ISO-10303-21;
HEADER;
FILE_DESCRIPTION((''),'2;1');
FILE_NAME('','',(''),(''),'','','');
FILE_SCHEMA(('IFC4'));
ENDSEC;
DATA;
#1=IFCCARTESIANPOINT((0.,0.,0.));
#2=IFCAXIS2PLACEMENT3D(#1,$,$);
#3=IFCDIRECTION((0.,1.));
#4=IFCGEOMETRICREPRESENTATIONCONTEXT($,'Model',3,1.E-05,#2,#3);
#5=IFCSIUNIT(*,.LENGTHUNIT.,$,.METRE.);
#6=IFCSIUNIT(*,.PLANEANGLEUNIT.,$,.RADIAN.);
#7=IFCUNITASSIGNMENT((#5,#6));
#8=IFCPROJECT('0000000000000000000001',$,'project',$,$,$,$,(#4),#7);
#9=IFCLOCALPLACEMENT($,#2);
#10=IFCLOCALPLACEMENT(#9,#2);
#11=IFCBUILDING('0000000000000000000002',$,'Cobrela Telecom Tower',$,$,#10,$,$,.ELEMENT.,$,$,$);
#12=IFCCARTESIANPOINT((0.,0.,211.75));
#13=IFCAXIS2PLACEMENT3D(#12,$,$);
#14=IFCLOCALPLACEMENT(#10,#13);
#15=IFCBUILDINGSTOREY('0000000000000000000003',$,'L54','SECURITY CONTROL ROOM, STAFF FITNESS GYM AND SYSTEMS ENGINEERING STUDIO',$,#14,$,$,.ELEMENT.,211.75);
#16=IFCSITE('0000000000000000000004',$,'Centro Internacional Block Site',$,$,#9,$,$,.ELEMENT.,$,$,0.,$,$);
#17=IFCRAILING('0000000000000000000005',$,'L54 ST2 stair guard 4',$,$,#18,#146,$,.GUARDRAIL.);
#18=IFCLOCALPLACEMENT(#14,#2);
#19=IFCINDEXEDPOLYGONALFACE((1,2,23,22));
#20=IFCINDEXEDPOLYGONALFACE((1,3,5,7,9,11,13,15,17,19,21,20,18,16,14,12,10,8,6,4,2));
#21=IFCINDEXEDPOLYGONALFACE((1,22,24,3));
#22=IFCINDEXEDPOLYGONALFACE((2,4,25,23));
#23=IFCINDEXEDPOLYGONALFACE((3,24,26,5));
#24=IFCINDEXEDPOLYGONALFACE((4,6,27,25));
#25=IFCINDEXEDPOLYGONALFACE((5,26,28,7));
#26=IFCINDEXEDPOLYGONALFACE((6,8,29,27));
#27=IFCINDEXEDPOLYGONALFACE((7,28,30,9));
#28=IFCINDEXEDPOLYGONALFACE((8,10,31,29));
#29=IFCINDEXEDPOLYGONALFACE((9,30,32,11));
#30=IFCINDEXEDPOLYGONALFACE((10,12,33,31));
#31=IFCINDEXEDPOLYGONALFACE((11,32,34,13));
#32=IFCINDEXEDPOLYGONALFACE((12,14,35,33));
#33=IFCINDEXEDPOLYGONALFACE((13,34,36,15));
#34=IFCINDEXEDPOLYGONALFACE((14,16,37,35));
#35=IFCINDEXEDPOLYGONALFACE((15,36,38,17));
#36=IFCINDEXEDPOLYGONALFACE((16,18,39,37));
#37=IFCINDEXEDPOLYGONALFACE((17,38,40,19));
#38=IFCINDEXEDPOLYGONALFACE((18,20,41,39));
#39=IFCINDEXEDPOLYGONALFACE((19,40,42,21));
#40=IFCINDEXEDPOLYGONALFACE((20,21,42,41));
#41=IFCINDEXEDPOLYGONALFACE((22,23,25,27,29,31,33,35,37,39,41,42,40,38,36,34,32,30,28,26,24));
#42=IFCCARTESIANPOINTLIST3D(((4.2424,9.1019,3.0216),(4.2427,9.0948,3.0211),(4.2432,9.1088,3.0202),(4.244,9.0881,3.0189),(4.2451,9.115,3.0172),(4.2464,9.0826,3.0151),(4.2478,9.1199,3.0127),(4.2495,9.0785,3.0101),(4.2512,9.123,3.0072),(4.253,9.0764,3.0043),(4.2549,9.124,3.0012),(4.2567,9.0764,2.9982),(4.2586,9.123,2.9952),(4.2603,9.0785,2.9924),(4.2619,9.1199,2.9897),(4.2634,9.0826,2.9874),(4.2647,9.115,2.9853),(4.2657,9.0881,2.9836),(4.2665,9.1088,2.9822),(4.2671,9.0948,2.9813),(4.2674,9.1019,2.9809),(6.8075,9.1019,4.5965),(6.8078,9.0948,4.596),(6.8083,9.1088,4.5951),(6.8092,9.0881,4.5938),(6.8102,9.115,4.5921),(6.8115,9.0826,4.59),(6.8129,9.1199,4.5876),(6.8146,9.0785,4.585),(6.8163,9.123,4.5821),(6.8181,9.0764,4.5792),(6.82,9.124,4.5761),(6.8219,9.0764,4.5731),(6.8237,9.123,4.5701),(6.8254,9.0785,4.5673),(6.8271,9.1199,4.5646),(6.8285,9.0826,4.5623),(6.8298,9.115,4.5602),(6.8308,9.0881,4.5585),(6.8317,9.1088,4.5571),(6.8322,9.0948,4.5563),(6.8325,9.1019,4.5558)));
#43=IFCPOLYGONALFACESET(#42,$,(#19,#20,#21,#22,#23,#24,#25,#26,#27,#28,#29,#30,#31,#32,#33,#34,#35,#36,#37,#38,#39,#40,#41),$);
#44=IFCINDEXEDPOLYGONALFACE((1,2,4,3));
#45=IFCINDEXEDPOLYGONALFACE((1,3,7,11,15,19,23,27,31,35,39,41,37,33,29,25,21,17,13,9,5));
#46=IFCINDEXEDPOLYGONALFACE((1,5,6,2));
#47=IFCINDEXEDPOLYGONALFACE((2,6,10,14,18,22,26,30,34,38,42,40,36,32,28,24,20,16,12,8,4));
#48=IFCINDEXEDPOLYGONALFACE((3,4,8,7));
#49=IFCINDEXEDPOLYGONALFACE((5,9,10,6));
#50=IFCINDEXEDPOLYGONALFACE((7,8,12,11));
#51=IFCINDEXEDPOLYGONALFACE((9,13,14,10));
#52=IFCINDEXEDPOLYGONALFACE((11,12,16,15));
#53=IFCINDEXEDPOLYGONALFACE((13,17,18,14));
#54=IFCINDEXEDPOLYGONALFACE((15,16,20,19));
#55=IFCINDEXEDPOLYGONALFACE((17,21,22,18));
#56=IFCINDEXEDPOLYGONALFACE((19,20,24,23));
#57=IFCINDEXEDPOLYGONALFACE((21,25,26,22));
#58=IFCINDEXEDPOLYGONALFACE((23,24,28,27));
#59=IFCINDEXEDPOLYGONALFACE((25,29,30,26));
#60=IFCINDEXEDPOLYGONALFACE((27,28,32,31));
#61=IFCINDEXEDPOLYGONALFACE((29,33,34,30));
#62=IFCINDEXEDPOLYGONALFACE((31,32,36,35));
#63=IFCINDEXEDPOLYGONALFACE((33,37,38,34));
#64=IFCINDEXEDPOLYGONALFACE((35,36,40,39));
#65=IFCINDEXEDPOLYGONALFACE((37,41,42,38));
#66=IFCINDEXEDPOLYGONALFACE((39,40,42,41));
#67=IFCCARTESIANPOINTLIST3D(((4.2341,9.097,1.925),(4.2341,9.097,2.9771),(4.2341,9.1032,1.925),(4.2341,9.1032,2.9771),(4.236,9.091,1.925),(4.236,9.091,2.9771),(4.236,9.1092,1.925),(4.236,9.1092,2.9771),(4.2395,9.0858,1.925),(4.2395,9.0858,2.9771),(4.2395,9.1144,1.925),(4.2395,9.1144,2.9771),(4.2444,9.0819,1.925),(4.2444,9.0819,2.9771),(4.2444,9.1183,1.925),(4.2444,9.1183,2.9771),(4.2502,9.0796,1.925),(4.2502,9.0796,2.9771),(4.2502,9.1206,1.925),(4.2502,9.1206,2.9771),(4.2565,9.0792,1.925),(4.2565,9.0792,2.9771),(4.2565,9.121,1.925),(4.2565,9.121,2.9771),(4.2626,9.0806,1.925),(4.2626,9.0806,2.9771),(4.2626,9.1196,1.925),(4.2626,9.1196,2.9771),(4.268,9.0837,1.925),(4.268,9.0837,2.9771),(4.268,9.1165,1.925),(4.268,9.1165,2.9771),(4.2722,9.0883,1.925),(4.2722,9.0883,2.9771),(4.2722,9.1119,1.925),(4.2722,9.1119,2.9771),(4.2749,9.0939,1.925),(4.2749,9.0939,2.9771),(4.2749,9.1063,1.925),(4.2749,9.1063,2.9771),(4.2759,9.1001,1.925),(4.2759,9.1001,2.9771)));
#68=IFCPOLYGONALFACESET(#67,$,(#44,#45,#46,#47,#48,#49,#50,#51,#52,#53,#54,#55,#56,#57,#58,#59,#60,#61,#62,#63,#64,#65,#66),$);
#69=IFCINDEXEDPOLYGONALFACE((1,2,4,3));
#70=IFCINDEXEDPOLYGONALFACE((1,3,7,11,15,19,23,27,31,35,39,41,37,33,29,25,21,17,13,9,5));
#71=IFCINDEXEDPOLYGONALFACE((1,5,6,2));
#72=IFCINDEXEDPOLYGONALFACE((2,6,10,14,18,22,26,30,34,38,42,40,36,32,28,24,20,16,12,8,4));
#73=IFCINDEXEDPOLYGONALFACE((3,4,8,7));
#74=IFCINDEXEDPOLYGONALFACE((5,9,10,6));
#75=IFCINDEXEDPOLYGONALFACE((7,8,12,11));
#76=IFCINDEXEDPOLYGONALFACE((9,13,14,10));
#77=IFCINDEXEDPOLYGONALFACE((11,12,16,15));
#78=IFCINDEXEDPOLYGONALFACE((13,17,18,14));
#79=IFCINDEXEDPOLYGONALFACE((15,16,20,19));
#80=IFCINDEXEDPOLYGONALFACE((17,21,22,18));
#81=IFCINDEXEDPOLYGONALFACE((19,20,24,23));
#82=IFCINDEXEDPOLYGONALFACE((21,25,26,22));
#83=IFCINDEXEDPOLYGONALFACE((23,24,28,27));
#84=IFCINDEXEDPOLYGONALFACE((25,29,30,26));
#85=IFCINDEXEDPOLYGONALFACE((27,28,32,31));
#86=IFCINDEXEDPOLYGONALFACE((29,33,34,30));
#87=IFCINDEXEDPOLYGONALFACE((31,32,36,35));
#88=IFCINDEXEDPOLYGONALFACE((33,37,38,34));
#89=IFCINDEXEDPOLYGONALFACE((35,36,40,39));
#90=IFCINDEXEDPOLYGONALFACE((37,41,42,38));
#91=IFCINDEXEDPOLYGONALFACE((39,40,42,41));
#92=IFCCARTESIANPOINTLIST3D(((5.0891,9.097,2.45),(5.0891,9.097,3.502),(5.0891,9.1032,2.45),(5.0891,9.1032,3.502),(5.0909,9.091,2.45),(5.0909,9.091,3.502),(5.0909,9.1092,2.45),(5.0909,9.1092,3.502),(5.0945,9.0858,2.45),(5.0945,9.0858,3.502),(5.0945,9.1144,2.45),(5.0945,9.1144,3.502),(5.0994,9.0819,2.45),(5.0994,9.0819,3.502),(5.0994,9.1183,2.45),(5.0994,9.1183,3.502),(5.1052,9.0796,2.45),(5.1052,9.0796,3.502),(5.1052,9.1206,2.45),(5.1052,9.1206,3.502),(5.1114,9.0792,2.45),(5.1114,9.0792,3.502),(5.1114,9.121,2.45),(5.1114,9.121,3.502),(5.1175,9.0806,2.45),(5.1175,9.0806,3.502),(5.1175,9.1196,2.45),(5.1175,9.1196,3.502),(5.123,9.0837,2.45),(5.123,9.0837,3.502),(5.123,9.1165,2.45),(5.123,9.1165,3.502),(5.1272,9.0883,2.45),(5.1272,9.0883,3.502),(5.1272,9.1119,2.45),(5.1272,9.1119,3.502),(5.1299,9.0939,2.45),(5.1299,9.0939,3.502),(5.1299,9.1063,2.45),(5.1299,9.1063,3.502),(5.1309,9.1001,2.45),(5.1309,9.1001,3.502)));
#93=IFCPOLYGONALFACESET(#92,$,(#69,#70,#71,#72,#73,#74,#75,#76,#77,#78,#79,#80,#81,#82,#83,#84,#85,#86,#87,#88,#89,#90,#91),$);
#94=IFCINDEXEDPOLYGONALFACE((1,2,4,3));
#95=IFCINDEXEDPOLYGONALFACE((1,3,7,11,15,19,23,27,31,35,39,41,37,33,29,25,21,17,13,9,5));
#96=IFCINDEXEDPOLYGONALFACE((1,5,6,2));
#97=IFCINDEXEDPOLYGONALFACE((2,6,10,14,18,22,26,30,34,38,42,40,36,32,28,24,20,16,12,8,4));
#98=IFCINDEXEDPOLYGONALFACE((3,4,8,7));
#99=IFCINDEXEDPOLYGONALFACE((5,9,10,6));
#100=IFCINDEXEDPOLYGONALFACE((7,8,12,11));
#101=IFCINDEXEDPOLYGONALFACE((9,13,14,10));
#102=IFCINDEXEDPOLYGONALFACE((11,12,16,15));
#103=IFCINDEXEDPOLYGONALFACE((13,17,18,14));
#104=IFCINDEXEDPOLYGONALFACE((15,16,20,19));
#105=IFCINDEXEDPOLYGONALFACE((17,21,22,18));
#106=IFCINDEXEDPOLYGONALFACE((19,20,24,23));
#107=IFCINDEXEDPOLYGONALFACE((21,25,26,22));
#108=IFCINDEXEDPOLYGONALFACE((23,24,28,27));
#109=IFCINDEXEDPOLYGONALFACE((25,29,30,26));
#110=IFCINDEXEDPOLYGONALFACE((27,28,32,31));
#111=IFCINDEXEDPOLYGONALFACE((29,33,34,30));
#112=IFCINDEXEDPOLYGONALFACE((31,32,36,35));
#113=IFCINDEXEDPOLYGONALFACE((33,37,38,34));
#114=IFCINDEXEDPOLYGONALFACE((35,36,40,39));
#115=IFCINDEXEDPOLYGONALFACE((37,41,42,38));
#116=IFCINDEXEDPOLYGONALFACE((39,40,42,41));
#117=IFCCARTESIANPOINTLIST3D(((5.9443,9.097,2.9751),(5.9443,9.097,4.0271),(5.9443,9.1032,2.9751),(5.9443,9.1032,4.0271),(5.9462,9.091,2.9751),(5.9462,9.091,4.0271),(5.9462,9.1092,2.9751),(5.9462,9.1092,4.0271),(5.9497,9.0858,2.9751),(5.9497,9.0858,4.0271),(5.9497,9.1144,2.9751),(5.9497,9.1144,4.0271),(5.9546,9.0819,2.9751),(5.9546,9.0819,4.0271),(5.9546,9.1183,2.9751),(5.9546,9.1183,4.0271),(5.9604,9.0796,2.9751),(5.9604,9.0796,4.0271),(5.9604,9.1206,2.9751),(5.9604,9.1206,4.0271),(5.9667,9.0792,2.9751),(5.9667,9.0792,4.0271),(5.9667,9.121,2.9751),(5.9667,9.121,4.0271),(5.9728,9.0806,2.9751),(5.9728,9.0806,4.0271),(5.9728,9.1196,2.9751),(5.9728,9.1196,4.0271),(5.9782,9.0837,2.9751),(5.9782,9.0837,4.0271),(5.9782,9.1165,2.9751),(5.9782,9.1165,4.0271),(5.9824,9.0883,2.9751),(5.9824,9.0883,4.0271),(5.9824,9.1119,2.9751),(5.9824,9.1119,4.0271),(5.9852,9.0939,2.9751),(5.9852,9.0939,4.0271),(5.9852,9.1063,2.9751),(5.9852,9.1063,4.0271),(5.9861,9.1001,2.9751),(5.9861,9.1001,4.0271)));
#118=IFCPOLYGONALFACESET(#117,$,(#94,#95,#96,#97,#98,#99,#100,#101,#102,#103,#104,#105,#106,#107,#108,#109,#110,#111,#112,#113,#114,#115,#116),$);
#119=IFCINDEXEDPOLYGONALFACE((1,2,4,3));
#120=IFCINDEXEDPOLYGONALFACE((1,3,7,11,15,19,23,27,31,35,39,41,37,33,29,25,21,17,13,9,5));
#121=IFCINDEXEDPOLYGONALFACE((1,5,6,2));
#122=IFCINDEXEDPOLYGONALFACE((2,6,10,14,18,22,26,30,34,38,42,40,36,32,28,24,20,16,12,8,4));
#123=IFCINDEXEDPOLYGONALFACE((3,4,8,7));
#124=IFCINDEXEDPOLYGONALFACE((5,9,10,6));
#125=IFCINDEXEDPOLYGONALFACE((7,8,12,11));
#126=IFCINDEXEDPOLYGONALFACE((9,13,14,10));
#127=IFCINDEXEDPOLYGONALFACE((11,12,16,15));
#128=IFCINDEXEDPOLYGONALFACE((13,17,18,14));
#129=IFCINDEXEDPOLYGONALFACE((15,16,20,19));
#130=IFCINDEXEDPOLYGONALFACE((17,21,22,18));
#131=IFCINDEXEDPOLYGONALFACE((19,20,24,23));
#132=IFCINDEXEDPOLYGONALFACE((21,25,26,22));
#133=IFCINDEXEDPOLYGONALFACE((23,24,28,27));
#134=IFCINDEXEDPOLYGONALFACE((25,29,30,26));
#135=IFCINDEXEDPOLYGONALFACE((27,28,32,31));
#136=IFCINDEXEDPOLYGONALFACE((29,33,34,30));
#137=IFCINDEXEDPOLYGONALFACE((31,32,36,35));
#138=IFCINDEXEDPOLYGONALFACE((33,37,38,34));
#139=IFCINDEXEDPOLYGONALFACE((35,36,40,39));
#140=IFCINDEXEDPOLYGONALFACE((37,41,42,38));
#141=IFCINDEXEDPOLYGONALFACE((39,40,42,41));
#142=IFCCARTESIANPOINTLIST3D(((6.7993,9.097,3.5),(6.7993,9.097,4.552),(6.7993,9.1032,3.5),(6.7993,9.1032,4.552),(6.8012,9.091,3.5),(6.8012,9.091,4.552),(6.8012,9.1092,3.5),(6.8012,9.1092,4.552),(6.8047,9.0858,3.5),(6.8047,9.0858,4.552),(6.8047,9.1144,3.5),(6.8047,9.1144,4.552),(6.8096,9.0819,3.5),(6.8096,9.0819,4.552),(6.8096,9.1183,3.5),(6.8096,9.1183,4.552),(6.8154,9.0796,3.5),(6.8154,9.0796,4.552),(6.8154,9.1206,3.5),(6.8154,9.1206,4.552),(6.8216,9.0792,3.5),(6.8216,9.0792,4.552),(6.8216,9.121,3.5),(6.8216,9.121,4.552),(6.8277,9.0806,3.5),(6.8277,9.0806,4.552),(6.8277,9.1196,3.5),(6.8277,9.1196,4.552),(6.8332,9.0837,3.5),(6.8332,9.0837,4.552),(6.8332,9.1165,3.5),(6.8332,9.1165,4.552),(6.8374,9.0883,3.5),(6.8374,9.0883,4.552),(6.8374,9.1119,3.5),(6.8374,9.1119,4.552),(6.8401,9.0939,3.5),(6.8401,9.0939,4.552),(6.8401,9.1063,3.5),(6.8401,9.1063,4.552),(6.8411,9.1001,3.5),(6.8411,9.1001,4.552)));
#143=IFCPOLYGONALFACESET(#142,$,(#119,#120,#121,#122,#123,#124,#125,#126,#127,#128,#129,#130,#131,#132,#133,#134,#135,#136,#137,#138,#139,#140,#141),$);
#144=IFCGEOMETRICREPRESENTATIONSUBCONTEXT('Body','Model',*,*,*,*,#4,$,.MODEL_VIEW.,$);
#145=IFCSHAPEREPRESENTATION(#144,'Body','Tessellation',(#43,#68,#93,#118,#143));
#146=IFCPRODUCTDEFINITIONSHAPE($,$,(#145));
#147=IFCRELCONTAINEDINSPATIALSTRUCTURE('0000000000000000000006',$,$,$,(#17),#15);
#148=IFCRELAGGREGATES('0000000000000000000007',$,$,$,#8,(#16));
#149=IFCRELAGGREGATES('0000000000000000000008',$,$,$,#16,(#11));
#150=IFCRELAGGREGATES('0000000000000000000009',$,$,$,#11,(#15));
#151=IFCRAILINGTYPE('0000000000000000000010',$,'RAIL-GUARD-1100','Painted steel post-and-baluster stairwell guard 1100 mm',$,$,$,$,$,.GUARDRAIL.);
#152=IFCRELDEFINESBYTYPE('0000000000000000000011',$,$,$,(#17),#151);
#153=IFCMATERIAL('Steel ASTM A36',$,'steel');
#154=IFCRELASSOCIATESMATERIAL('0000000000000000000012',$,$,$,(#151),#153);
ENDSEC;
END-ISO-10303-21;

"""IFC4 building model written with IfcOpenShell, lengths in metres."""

from ifc_helpers import new_model, si_unit, direction, frame, origin, origin_2d, place, context, subcontext, project, spatial, circle, extrude, material, type_object, element, save


model = new_model("IFC4")

# Units and contexts
model_context = context("Model", 3, precision=1e-05, world=origin(), true_north=direction((0.0, 1.0)))
body_context = subcontext(model_context, "Body", "Model", "MODEL_VIEW")
ifc_project = project(units=[si_unit("LENGTHUNIT", "METRE"), si_unit("PLANEANGLEUNIT", "RADIAN")], contexts=[model_context])

# Site, building, storey
site_placement = place(None, origin())
site = spatial("IfcSite", under=ifc_project, at=site_placement, Name="Centro Internacional Block Site", CompositionType="ELEMENT", RefElevation=0.0)
building_placement = place(site_placement, origin())
building = spatial("IfcBuilding", under=site, at=building_placement, Name="Cobrela Telecom Tower", CompositionType="ELEMENT")
storey_placement = place(building_placement, frame((0.0, 0.0, 211.75)))
storey = spatial("IfcBuildingStorey", under=building, at=storey_placement, Name="L54", Description="SECURITY CONTROL ROOM, STAFF FITNESS GYM AND SYSTEMS ENGINEERING STUDIO", CompositionType="ELEMENT", Elevation=211.75)

# Railing
ifc_material_1 = material(Name="Steel ASTM A36", Category="steel")
railing_type_1 = type_object("IfcRailingType", Name="RAIL-GUARD-1100", Description="Painted steel post-and-baluster stairwell guard 1100 mm", PredefinedType="GUARDRAIL", material=ifc_material_1)
railing_1_placement = place(storey_placement, frame((4.2549, 9.1001, 1.925)))
element("IfcRailing", 1, at=railing_1_placement, inside=storey, type_object=railing_type_1, Name="L54 ST2 stair guard 4", PredefinedType="GUARDRAIL", context=body_context, shape_type="SweptSolid", body=[
    extrude(circle(Radius=0.0239, at=origin_2d()), frame((0.0, 0.0, 1.0762), z_axis=(0.852195, 0.0, 0.523224), x_axis=(0.0, 1.0, 0.0)), (0.0, 0.0, 1.0), 3.01),
    extrude(circle(Radius=0.021, at=origin_2d()), origin(), (0.0, 0.0, 1.0), 1.052),
    extrude(circle(Radius=0.021, at=origin_2d()), frame((0.855, 0.0, 0.5249)), (0.0, 0.0, 1.0), 1.052),
    extrude(circle(Radius=0.021, at=origin_2d()), frame((1.7102, 0.0, 1.05)), (0.0, 0.0, 1.0), 1.052),
    extrude(circle(Radius=0.021, at=origin_2d()), frame((2.5652, 0.0, 1.575)), (0.0, 0.0, 1.0), 1.052),
])

save(model, "model.ifc")
